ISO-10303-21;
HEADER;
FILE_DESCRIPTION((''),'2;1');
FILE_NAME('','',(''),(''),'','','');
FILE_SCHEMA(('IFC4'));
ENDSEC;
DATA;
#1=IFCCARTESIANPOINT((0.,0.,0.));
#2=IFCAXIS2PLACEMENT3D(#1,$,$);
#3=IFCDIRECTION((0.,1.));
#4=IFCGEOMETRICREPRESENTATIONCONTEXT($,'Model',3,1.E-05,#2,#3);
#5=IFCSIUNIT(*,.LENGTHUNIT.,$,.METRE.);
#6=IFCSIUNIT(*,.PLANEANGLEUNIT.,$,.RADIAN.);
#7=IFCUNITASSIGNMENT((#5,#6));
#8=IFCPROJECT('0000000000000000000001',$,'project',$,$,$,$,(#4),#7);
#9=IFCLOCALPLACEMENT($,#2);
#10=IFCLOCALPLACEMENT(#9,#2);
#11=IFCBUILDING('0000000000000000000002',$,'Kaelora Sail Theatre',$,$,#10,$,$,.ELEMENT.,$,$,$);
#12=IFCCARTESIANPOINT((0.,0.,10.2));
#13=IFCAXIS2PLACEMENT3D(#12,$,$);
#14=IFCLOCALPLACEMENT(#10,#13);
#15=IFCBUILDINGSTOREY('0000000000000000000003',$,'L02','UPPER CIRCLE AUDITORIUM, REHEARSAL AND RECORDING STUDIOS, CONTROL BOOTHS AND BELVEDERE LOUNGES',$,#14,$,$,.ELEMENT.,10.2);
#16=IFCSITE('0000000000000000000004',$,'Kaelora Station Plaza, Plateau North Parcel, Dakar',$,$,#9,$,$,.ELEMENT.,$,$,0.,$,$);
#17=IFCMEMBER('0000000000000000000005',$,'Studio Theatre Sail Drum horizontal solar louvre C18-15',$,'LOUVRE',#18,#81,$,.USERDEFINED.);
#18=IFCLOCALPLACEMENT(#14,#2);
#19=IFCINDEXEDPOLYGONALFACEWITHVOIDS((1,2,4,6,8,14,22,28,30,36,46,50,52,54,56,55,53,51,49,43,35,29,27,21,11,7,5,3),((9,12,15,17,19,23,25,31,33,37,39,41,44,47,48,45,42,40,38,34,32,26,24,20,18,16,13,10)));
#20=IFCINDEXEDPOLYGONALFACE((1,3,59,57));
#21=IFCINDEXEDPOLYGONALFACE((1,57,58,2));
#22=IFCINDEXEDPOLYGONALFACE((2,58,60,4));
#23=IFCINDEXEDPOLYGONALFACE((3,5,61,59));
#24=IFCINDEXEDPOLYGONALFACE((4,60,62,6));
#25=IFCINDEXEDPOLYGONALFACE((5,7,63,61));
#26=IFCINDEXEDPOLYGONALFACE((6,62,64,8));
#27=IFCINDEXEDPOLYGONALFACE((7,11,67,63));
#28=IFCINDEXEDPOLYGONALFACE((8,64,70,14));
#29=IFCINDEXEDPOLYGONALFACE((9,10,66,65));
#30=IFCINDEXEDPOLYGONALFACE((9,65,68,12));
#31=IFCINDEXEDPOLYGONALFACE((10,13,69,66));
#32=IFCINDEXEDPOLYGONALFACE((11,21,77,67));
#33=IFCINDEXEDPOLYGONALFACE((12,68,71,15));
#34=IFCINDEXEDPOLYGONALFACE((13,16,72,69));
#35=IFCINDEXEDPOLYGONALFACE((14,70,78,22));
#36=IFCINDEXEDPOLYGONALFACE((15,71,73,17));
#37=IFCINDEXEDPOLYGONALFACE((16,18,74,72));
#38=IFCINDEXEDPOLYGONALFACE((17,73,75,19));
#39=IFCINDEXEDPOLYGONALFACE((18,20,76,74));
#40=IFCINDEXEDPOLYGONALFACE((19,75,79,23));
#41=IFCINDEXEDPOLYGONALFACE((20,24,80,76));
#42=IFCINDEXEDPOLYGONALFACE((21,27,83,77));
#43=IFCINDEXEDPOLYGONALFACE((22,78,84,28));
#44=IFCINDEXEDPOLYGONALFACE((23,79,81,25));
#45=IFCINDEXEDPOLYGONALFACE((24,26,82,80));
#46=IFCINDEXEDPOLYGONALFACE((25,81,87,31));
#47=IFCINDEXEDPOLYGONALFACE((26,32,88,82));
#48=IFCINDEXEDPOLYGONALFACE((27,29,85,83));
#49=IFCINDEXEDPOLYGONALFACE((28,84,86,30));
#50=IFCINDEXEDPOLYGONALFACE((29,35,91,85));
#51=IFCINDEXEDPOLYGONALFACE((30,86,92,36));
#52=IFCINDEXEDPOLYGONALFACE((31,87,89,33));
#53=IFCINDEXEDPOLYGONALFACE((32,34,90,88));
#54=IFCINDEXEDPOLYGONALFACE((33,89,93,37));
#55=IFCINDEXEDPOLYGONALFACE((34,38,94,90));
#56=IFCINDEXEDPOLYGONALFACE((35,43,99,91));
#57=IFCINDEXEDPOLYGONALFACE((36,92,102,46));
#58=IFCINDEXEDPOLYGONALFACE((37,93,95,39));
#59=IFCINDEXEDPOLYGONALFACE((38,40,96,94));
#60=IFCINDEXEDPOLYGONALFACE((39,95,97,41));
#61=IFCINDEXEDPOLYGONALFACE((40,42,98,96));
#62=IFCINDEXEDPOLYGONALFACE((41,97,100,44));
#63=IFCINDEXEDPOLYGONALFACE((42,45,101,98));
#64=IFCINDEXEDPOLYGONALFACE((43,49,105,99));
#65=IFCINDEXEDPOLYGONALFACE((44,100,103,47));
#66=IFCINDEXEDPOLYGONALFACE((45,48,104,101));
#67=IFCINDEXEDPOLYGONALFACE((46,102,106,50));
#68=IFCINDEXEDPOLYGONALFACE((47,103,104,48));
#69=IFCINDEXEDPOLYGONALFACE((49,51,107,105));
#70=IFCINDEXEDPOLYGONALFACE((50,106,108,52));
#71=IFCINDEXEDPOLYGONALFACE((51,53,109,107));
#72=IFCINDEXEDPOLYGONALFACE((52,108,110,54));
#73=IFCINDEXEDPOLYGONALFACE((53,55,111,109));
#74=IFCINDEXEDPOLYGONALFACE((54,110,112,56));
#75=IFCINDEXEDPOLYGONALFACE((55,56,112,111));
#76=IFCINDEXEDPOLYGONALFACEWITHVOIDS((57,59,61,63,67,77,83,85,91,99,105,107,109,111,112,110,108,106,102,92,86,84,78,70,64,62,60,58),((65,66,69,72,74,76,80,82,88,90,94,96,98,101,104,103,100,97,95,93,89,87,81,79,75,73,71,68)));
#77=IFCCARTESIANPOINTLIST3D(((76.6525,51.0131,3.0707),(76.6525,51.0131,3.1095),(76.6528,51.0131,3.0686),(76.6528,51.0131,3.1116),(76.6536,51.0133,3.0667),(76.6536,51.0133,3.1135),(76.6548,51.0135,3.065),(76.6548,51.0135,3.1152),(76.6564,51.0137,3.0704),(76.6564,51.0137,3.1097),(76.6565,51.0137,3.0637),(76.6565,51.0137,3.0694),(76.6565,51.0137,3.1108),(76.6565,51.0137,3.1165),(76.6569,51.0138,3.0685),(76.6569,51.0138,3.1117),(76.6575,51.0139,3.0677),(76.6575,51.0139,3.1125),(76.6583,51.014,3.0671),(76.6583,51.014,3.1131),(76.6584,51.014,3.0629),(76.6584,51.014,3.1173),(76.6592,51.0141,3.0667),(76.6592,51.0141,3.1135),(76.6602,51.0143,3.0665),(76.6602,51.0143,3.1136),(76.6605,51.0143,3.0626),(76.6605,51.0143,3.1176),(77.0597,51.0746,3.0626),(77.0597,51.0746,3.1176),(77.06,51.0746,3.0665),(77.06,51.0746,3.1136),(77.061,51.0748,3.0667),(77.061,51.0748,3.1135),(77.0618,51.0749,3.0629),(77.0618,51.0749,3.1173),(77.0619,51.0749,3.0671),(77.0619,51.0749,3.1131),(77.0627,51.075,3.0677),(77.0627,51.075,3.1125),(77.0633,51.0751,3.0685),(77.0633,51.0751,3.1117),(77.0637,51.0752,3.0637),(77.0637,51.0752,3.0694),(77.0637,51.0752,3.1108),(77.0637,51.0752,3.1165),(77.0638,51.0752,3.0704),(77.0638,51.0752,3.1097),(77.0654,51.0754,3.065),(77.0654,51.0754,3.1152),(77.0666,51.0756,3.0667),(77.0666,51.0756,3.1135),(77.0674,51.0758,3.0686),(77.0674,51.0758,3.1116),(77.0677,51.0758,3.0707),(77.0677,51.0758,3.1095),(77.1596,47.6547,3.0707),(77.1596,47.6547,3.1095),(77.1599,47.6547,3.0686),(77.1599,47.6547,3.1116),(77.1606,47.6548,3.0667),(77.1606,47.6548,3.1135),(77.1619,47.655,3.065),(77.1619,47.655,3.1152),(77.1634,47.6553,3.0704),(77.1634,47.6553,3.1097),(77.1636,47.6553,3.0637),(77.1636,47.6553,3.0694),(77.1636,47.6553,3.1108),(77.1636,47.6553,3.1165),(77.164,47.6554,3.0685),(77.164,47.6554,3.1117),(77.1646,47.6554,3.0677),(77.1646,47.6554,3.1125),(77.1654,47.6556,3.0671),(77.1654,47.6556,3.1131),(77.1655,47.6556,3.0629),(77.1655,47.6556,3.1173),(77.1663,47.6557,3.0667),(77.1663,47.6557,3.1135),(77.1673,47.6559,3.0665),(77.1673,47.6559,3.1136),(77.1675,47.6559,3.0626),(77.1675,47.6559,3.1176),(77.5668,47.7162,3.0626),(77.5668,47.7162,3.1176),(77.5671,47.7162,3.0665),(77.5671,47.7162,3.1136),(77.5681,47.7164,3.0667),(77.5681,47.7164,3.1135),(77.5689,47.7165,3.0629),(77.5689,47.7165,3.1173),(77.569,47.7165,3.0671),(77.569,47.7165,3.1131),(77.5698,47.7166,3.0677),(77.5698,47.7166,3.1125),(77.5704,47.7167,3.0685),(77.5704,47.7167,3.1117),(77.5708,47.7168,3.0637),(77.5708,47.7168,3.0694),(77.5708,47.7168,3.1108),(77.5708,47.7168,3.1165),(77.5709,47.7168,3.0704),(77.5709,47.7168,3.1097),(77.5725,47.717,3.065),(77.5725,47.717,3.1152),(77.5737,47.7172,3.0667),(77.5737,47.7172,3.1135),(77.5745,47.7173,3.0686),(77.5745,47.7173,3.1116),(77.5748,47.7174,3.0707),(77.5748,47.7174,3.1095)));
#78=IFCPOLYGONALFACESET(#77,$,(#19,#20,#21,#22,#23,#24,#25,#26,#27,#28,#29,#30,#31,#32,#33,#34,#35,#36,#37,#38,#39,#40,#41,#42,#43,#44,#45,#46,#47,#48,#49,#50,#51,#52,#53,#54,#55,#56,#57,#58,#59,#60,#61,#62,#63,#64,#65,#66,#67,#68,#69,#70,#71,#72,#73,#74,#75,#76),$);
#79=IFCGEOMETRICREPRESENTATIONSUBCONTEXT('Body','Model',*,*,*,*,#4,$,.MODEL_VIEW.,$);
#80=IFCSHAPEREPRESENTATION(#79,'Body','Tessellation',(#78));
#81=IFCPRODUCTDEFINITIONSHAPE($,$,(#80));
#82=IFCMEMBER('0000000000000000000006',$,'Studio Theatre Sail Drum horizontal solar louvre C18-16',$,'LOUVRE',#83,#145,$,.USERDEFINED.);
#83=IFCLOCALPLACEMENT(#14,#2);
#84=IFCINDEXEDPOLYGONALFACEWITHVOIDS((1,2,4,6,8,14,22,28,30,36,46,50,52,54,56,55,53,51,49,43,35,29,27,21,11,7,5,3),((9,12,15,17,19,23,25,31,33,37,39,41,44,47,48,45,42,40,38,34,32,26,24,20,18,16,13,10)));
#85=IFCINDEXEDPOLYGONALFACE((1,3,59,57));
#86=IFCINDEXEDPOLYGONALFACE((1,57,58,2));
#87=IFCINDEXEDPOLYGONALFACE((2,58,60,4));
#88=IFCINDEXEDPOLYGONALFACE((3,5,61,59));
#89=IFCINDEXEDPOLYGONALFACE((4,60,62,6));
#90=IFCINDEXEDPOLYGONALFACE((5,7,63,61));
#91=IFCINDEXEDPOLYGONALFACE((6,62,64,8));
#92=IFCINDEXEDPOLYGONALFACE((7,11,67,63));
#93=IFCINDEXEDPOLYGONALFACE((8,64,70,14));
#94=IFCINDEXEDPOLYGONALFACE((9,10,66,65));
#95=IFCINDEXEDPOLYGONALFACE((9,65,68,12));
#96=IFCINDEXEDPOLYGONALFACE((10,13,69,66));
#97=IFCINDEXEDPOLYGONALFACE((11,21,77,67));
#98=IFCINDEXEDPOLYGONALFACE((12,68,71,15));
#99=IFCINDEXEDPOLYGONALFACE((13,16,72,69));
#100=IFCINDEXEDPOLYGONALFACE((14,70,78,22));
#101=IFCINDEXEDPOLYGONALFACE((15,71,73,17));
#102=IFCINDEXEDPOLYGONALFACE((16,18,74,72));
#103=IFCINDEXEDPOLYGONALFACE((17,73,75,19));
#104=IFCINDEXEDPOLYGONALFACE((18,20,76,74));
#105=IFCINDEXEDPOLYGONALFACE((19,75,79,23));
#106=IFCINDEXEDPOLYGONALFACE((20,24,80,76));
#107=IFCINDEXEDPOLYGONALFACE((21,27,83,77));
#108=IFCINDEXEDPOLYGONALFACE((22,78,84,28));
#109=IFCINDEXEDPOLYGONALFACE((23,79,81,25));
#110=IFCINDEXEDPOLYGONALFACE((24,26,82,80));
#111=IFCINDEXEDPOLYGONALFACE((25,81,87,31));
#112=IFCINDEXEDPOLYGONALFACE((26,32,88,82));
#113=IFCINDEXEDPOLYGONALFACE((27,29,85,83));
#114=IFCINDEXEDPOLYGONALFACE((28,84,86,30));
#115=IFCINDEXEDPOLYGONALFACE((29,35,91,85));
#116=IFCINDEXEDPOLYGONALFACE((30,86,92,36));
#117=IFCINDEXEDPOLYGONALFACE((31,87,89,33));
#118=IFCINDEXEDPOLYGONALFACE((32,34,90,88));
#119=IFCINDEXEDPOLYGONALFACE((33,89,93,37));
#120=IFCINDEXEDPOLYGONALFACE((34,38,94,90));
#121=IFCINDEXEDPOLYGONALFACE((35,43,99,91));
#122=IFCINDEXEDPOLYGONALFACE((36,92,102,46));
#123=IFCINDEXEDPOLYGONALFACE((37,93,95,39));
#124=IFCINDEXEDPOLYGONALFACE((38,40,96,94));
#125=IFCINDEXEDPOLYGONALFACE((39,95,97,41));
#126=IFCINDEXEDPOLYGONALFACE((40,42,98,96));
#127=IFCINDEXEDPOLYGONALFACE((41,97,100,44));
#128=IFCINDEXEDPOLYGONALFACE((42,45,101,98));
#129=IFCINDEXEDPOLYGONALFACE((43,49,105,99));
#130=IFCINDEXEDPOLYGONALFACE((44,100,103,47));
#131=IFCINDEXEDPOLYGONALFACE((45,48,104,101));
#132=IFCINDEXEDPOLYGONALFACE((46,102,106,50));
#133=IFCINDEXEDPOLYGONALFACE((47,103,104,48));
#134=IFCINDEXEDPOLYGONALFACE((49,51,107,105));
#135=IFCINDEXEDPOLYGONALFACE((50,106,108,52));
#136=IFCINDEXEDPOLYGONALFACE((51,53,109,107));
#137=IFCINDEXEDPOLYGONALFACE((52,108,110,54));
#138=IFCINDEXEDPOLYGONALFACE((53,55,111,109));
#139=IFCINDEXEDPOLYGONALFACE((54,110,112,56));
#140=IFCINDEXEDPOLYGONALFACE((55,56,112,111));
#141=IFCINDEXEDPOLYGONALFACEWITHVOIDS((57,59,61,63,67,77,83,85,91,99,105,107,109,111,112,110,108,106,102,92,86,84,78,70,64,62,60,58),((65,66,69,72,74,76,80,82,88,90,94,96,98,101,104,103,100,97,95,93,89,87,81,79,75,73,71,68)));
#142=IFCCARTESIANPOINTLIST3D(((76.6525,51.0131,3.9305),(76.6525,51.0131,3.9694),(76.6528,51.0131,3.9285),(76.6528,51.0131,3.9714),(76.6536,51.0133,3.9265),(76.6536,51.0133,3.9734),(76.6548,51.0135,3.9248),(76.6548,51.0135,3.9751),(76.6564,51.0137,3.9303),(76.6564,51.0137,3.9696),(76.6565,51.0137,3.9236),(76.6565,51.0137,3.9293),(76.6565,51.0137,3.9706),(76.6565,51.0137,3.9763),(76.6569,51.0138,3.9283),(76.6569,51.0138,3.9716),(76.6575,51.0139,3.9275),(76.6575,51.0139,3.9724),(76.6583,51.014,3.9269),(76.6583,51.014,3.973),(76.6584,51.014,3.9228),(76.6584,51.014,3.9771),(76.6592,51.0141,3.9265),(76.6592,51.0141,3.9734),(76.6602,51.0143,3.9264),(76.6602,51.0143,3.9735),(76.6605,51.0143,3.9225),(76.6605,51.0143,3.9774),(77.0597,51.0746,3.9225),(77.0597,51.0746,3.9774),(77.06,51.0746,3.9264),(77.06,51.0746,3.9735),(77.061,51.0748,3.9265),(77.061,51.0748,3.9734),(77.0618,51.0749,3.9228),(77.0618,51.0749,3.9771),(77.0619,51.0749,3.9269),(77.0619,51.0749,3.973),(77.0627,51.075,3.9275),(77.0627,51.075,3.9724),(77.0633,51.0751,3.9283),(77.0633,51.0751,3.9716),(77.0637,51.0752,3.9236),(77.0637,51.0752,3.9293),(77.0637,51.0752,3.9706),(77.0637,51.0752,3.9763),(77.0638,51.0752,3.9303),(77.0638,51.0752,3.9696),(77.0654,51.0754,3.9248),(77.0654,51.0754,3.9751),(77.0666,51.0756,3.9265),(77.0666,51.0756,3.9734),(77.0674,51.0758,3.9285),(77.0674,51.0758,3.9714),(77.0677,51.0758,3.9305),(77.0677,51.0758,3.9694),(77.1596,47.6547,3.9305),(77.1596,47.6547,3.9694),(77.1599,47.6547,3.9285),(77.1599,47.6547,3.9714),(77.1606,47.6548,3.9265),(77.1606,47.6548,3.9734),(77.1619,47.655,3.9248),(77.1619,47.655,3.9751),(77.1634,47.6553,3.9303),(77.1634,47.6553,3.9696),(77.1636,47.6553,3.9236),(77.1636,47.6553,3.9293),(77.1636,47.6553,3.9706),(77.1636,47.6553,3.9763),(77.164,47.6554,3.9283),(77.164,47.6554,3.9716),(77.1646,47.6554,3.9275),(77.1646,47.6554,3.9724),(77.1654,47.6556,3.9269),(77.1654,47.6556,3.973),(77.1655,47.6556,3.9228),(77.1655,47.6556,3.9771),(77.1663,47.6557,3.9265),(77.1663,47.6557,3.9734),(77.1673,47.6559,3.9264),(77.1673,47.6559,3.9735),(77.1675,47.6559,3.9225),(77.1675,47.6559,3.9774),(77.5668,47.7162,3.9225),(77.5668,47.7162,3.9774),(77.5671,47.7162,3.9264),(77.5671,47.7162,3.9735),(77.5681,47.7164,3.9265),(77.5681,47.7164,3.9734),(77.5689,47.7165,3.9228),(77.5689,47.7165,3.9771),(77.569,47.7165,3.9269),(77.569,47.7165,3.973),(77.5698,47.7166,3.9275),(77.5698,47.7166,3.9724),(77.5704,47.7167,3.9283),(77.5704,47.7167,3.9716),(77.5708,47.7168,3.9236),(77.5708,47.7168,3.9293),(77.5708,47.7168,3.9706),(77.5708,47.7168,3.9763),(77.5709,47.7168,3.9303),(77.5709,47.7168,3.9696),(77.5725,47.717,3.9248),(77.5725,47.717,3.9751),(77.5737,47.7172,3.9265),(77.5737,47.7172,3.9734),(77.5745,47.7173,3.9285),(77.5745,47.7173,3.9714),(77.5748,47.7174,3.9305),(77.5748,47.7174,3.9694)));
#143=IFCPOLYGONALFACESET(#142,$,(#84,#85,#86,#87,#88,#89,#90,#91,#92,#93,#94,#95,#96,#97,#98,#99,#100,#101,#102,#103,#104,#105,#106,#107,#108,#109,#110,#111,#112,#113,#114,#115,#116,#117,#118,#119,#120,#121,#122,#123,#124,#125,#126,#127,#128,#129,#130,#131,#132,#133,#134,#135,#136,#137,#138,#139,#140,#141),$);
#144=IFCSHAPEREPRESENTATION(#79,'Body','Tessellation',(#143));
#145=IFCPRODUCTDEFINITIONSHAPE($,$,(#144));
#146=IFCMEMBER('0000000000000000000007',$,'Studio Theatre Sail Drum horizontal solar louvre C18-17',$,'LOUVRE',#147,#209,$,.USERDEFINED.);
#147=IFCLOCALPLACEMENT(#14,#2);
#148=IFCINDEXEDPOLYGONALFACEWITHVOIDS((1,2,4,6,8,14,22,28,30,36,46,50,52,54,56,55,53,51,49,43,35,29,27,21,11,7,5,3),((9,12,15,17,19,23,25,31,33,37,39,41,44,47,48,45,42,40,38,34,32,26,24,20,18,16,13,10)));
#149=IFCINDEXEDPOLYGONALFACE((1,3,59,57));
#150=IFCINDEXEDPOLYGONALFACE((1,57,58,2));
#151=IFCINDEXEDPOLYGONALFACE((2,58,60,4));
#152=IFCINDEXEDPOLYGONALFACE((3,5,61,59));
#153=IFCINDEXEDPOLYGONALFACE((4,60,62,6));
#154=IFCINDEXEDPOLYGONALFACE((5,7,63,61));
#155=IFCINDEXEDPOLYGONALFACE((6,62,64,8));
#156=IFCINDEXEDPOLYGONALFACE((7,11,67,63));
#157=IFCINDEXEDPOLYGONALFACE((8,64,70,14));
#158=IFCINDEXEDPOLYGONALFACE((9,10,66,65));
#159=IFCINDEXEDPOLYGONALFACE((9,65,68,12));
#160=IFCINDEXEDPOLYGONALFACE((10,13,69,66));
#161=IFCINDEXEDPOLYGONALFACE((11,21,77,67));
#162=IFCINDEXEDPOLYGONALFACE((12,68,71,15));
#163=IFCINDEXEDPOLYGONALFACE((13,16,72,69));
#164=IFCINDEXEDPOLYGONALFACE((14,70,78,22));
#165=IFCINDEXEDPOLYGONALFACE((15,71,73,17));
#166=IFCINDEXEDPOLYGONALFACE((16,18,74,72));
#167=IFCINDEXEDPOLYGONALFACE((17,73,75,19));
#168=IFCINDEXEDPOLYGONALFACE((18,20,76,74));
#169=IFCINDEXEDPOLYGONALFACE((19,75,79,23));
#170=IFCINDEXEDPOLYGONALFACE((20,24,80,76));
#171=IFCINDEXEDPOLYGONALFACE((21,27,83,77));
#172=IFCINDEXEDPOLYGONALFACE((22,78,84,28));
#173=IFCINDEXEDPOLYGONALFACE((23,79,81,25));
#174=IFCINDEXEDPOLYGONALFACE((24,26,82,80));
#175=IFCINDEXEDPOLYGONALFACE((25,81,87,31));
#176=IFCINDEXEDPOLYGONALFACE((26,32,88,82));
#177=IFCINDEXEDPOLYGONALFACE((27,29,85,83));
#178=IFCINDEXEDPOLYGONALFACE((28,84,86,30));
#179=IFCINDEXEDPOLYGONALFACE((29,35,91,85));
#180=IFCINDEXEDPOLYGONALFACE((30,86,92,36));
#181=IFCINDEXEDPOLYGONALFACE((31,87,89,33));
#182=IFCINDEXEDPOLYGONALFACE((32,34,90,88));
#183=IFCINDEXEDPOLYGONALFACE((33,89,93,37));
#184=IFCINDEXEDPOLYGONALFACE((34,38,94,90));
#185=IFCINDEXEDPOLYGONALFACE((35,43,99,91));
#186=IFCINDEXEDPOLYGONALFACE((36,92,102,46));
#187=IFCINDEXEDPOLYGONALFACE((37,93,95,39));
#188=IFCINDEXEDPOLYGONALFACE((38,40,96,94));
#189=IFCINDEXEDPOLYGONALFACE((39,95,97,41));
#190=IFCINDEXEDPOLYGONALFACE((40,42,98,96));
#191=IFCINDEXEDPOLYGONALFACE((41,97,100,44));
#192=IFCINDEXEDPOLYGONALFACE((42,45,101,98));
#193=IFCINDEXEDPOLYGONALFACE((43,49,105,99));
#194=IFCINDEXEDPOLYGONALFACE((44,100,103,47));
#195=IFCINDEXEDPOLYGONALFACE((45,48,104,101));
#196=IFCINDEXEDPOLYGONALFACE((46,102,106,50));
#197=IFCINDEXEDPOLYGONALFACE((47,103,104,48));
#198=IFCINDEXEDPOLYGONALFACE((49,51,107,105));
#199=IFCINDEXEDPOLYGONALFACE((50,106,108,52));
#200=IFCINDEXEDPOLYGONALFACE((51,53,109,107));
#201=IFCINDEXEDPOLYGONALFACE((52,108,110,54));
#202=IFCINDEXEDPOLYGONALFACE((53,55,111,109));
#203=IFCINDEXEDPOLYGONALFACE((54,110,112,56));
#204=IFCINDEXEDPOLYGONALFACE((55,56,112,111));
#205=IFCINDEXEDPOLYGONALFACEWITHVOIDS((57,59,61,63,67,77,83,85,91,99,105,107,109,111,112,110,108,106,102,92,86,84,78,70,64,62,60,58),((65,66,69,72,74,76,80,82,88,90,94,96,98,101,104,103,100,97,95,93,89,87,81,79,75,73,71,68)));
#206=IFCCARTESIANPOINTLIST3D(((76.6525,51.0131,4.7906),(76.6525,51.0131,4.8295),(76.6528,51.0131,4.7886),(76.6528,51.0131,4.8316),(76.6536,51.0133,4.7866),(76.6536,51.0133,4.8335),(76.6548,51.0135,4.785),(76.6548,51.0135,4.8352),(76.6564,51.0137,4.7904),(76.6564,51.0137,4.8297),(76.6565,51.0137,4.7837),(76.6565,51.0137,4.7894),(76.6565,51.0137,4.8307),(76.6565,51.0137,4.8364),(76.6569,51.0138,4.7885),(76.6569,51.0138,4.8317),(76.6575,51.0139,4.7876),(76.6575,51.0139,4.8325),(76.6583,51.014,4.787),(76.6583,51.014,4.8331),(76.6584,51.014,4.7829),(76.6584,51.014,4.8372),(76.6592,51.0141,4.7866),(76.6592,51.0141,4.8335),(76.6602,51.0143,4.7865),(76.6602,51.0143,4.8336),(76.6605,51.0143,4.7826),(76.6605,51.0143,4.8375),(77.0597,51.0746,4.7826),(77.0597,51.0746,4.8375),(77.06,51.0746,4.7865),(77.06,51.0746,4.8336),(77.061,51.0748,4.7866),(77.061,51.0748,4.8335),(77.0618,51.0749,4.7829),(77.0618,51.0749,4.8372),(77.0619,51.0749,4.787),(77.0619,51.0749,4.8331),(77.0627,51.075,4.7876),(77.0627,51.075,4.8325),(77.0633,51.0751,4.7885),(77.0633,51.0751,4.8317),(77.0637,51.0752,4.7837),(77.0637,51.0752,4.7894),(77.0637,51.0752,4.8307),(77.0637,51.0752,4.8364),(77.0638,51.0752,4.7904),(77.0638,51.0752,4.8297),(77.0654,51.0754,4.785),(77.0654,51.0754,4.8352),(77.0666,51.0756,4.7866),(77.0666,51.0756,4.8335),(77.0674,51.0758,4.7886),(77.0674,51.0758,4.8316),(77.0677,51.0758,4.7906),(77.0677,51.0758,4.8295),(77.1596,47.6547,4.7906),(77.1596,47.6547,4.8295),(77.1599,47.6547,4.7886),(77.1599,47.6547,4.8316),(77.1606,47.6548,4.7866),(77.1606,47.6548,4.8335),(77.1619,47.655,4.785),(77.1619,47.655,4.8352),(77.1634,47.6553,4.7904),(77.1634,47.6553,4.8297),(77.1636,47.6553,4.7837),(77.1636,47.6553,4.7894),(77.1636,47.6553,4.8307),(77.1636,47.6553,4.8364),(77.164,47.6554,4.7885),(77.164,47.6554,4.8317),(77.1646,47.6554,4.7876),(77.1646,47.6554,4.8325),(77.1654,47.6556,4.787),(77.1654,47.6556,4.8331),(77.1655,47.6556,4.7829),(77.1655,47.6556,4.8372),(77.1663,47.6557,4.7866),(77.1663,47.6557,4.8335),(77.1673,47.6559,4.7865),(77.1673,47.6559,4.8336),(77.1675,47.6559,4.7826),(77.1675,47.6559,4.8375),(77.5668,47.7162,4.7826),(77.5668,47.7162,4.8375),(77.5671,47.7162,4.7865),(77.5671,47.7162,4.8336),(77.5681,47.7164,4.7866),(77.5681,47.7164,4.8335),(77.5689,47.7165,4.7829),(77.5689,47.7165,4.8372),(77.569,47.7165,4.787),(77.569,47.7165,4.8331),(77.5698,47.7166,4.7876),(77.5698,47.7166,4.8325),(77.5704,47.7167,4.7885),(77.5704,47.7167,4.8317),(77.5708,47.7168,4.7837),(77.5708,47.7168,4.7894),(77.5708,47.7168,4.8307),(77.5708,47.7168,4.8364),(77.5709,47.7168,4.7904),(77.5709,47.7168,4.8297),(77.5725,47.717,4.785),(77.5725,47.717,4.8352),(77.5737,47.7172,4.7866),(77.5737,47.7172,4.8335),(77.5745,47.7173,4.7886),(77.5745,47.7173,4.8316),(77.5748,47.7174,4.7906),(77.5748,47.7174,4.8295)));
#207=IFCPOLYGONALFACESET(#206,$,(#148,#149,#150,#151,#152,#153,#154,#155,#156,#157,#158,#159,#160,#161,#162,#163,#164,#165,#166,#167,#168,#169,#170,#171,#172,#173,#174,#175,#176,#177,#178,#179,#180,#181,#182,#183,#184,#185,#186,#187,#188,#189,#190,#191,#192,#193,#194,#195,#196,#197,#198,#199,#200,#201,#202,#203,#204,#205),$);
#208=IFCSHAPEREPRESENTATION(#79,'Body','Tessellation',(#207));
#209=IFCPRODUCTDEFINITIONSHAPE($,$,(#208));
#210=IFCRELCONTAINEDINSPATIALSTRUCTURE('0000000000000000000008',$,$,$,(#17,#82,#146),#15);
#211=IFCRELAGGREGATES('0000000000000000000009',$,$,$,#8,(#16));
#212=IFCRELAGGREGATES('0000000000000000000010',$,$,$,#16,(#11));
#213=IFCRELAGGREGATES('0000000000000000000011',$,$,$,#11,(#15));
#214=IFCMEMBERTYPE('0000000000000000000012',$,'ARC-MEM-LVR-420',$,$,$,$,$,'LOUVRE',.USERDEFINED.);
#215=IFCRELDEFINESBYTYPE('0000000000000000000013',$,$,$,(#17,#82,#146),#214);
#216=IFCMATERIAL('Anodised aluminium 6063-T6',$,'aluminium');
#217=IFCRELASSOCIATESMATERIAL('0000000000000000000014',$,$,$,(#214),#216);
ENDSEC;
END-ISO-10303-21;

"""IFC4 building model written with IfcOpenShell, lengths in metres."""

from ifc_helpers import new_model, si_unit, direction, frame, origin, origin_2d, place, context, subcontext, project, spatial, hollow_rectangle, extrude, material, material_profile, profile_set, type_object, element, save


model = new_model("IFC4")

# Units and contexts
model_context = context("Model", 3, precision=1e-05, world=origin(), true_north=direction((0.0, 1.0)))
body_context = subcontext(model_context, "Body", "Model", "MODEL_VIEW")
ifc_project = project(units=[si_unit("LENGTHUNIT", "METRE"), si_unit("PLANEANGLEUNIT", "RADIAN")], contexts=[model_context])

# Site, building, storey
site_placement = place(None, origin())
site = spatial("IfcSite", under=ifc_project, at=site_placement, Name="Kaelora Station Plaza, Plateau North Parcel, Dakar", CompositionType="ELEMENT", RefElevation=0.0)
building_placement = place(site_placement, origin())
building = spatial("IfcBuilding", under=site, at=building_placement, Name="Kaelora Sail Theatre", CompositionType="ELEMENT")
storey_placement = place(building_placement, frame((0.0, 0.0, 10.2)))
storey = spatial("IfcBuildingStorey", under=building, at=storey_placement, Name="L02", Description="UPPER CIRCLE AUDITORIUM, REHEARSAL AND RECORDING STUDIOS, CONTROL BOOTHS AND BELVEDERE LOUNGES", CompositionType="ELEMENT", Elevation=10.2)

# Members
ifc_material_1 = material(Name="Anodised aluminium 6063-T6", Category="aluminium")
ifc_material_profile_1 = material_profile(ifc_material_1, hollow_rectangle(XDim=0.4199, YDim=0.0549, WallThickness=0.0039, InnerFilletRadius=0.0039, OuterFilletRadius=0.0081, at=origin_2d()), Name="LOUVRE 420x55x4")
ifc_profile_set_1 = profile_set([ifc_material_profile_1], Name="Anodised aluminium 6063-T6")
member_type = type_object("IfcMemberType", Name="ARC-MEM-LVR-420", ElementType="LOUVRE", PredefinedType="USERDEFINED", material=ifc_profile_set_1)
for number, where, z_axis, x_axis, name in (
    (1, (77.3672, 47.686, 3.0901), (-0.149296, 0.988792, 0.0), (-0.988792, -0.149296, 0.0), "Studio Theatre Sail Drum horizontal solar louvre C18-15"),
    (2, (77.3672, 47.686, 3.95), (-0.149296, 0.988792, 0.0), (-0.988792, -0.149296, 0.0), "Studio Theatre Sail Drum horizontal solar louvre C18-16"),
    (3, (77.3672, 47.686, 4.8101), (-0.149296, 0.988792, 0.0), (-0.988792, -0.149296, 0.0), "Studio Theatre Sail Drum horizontal solar louvre C18-17"),
):
    element("IfcMember", number, at=place(storey_placement, frame(where, z_axis=z_axis, x_axis=x_axis)), inside=storey, type_object=member_type, Name=name, ObjectType="LOUVRE", PredefinedType="USERDEFINED", context=body_context, shape_type="SweptSolid", body=[
        extrude(hollow_rectangle(XDim=0.4199, YDim=0.0549, WallThickness=0.0039, InnerFilletRadius=0.0039, OuterFilletRadius=0.0081, at=origin_2d()), origin(), (0.0, 0.0, 1.0), 3.3965),
    ])

save(model, "model.ifc")
